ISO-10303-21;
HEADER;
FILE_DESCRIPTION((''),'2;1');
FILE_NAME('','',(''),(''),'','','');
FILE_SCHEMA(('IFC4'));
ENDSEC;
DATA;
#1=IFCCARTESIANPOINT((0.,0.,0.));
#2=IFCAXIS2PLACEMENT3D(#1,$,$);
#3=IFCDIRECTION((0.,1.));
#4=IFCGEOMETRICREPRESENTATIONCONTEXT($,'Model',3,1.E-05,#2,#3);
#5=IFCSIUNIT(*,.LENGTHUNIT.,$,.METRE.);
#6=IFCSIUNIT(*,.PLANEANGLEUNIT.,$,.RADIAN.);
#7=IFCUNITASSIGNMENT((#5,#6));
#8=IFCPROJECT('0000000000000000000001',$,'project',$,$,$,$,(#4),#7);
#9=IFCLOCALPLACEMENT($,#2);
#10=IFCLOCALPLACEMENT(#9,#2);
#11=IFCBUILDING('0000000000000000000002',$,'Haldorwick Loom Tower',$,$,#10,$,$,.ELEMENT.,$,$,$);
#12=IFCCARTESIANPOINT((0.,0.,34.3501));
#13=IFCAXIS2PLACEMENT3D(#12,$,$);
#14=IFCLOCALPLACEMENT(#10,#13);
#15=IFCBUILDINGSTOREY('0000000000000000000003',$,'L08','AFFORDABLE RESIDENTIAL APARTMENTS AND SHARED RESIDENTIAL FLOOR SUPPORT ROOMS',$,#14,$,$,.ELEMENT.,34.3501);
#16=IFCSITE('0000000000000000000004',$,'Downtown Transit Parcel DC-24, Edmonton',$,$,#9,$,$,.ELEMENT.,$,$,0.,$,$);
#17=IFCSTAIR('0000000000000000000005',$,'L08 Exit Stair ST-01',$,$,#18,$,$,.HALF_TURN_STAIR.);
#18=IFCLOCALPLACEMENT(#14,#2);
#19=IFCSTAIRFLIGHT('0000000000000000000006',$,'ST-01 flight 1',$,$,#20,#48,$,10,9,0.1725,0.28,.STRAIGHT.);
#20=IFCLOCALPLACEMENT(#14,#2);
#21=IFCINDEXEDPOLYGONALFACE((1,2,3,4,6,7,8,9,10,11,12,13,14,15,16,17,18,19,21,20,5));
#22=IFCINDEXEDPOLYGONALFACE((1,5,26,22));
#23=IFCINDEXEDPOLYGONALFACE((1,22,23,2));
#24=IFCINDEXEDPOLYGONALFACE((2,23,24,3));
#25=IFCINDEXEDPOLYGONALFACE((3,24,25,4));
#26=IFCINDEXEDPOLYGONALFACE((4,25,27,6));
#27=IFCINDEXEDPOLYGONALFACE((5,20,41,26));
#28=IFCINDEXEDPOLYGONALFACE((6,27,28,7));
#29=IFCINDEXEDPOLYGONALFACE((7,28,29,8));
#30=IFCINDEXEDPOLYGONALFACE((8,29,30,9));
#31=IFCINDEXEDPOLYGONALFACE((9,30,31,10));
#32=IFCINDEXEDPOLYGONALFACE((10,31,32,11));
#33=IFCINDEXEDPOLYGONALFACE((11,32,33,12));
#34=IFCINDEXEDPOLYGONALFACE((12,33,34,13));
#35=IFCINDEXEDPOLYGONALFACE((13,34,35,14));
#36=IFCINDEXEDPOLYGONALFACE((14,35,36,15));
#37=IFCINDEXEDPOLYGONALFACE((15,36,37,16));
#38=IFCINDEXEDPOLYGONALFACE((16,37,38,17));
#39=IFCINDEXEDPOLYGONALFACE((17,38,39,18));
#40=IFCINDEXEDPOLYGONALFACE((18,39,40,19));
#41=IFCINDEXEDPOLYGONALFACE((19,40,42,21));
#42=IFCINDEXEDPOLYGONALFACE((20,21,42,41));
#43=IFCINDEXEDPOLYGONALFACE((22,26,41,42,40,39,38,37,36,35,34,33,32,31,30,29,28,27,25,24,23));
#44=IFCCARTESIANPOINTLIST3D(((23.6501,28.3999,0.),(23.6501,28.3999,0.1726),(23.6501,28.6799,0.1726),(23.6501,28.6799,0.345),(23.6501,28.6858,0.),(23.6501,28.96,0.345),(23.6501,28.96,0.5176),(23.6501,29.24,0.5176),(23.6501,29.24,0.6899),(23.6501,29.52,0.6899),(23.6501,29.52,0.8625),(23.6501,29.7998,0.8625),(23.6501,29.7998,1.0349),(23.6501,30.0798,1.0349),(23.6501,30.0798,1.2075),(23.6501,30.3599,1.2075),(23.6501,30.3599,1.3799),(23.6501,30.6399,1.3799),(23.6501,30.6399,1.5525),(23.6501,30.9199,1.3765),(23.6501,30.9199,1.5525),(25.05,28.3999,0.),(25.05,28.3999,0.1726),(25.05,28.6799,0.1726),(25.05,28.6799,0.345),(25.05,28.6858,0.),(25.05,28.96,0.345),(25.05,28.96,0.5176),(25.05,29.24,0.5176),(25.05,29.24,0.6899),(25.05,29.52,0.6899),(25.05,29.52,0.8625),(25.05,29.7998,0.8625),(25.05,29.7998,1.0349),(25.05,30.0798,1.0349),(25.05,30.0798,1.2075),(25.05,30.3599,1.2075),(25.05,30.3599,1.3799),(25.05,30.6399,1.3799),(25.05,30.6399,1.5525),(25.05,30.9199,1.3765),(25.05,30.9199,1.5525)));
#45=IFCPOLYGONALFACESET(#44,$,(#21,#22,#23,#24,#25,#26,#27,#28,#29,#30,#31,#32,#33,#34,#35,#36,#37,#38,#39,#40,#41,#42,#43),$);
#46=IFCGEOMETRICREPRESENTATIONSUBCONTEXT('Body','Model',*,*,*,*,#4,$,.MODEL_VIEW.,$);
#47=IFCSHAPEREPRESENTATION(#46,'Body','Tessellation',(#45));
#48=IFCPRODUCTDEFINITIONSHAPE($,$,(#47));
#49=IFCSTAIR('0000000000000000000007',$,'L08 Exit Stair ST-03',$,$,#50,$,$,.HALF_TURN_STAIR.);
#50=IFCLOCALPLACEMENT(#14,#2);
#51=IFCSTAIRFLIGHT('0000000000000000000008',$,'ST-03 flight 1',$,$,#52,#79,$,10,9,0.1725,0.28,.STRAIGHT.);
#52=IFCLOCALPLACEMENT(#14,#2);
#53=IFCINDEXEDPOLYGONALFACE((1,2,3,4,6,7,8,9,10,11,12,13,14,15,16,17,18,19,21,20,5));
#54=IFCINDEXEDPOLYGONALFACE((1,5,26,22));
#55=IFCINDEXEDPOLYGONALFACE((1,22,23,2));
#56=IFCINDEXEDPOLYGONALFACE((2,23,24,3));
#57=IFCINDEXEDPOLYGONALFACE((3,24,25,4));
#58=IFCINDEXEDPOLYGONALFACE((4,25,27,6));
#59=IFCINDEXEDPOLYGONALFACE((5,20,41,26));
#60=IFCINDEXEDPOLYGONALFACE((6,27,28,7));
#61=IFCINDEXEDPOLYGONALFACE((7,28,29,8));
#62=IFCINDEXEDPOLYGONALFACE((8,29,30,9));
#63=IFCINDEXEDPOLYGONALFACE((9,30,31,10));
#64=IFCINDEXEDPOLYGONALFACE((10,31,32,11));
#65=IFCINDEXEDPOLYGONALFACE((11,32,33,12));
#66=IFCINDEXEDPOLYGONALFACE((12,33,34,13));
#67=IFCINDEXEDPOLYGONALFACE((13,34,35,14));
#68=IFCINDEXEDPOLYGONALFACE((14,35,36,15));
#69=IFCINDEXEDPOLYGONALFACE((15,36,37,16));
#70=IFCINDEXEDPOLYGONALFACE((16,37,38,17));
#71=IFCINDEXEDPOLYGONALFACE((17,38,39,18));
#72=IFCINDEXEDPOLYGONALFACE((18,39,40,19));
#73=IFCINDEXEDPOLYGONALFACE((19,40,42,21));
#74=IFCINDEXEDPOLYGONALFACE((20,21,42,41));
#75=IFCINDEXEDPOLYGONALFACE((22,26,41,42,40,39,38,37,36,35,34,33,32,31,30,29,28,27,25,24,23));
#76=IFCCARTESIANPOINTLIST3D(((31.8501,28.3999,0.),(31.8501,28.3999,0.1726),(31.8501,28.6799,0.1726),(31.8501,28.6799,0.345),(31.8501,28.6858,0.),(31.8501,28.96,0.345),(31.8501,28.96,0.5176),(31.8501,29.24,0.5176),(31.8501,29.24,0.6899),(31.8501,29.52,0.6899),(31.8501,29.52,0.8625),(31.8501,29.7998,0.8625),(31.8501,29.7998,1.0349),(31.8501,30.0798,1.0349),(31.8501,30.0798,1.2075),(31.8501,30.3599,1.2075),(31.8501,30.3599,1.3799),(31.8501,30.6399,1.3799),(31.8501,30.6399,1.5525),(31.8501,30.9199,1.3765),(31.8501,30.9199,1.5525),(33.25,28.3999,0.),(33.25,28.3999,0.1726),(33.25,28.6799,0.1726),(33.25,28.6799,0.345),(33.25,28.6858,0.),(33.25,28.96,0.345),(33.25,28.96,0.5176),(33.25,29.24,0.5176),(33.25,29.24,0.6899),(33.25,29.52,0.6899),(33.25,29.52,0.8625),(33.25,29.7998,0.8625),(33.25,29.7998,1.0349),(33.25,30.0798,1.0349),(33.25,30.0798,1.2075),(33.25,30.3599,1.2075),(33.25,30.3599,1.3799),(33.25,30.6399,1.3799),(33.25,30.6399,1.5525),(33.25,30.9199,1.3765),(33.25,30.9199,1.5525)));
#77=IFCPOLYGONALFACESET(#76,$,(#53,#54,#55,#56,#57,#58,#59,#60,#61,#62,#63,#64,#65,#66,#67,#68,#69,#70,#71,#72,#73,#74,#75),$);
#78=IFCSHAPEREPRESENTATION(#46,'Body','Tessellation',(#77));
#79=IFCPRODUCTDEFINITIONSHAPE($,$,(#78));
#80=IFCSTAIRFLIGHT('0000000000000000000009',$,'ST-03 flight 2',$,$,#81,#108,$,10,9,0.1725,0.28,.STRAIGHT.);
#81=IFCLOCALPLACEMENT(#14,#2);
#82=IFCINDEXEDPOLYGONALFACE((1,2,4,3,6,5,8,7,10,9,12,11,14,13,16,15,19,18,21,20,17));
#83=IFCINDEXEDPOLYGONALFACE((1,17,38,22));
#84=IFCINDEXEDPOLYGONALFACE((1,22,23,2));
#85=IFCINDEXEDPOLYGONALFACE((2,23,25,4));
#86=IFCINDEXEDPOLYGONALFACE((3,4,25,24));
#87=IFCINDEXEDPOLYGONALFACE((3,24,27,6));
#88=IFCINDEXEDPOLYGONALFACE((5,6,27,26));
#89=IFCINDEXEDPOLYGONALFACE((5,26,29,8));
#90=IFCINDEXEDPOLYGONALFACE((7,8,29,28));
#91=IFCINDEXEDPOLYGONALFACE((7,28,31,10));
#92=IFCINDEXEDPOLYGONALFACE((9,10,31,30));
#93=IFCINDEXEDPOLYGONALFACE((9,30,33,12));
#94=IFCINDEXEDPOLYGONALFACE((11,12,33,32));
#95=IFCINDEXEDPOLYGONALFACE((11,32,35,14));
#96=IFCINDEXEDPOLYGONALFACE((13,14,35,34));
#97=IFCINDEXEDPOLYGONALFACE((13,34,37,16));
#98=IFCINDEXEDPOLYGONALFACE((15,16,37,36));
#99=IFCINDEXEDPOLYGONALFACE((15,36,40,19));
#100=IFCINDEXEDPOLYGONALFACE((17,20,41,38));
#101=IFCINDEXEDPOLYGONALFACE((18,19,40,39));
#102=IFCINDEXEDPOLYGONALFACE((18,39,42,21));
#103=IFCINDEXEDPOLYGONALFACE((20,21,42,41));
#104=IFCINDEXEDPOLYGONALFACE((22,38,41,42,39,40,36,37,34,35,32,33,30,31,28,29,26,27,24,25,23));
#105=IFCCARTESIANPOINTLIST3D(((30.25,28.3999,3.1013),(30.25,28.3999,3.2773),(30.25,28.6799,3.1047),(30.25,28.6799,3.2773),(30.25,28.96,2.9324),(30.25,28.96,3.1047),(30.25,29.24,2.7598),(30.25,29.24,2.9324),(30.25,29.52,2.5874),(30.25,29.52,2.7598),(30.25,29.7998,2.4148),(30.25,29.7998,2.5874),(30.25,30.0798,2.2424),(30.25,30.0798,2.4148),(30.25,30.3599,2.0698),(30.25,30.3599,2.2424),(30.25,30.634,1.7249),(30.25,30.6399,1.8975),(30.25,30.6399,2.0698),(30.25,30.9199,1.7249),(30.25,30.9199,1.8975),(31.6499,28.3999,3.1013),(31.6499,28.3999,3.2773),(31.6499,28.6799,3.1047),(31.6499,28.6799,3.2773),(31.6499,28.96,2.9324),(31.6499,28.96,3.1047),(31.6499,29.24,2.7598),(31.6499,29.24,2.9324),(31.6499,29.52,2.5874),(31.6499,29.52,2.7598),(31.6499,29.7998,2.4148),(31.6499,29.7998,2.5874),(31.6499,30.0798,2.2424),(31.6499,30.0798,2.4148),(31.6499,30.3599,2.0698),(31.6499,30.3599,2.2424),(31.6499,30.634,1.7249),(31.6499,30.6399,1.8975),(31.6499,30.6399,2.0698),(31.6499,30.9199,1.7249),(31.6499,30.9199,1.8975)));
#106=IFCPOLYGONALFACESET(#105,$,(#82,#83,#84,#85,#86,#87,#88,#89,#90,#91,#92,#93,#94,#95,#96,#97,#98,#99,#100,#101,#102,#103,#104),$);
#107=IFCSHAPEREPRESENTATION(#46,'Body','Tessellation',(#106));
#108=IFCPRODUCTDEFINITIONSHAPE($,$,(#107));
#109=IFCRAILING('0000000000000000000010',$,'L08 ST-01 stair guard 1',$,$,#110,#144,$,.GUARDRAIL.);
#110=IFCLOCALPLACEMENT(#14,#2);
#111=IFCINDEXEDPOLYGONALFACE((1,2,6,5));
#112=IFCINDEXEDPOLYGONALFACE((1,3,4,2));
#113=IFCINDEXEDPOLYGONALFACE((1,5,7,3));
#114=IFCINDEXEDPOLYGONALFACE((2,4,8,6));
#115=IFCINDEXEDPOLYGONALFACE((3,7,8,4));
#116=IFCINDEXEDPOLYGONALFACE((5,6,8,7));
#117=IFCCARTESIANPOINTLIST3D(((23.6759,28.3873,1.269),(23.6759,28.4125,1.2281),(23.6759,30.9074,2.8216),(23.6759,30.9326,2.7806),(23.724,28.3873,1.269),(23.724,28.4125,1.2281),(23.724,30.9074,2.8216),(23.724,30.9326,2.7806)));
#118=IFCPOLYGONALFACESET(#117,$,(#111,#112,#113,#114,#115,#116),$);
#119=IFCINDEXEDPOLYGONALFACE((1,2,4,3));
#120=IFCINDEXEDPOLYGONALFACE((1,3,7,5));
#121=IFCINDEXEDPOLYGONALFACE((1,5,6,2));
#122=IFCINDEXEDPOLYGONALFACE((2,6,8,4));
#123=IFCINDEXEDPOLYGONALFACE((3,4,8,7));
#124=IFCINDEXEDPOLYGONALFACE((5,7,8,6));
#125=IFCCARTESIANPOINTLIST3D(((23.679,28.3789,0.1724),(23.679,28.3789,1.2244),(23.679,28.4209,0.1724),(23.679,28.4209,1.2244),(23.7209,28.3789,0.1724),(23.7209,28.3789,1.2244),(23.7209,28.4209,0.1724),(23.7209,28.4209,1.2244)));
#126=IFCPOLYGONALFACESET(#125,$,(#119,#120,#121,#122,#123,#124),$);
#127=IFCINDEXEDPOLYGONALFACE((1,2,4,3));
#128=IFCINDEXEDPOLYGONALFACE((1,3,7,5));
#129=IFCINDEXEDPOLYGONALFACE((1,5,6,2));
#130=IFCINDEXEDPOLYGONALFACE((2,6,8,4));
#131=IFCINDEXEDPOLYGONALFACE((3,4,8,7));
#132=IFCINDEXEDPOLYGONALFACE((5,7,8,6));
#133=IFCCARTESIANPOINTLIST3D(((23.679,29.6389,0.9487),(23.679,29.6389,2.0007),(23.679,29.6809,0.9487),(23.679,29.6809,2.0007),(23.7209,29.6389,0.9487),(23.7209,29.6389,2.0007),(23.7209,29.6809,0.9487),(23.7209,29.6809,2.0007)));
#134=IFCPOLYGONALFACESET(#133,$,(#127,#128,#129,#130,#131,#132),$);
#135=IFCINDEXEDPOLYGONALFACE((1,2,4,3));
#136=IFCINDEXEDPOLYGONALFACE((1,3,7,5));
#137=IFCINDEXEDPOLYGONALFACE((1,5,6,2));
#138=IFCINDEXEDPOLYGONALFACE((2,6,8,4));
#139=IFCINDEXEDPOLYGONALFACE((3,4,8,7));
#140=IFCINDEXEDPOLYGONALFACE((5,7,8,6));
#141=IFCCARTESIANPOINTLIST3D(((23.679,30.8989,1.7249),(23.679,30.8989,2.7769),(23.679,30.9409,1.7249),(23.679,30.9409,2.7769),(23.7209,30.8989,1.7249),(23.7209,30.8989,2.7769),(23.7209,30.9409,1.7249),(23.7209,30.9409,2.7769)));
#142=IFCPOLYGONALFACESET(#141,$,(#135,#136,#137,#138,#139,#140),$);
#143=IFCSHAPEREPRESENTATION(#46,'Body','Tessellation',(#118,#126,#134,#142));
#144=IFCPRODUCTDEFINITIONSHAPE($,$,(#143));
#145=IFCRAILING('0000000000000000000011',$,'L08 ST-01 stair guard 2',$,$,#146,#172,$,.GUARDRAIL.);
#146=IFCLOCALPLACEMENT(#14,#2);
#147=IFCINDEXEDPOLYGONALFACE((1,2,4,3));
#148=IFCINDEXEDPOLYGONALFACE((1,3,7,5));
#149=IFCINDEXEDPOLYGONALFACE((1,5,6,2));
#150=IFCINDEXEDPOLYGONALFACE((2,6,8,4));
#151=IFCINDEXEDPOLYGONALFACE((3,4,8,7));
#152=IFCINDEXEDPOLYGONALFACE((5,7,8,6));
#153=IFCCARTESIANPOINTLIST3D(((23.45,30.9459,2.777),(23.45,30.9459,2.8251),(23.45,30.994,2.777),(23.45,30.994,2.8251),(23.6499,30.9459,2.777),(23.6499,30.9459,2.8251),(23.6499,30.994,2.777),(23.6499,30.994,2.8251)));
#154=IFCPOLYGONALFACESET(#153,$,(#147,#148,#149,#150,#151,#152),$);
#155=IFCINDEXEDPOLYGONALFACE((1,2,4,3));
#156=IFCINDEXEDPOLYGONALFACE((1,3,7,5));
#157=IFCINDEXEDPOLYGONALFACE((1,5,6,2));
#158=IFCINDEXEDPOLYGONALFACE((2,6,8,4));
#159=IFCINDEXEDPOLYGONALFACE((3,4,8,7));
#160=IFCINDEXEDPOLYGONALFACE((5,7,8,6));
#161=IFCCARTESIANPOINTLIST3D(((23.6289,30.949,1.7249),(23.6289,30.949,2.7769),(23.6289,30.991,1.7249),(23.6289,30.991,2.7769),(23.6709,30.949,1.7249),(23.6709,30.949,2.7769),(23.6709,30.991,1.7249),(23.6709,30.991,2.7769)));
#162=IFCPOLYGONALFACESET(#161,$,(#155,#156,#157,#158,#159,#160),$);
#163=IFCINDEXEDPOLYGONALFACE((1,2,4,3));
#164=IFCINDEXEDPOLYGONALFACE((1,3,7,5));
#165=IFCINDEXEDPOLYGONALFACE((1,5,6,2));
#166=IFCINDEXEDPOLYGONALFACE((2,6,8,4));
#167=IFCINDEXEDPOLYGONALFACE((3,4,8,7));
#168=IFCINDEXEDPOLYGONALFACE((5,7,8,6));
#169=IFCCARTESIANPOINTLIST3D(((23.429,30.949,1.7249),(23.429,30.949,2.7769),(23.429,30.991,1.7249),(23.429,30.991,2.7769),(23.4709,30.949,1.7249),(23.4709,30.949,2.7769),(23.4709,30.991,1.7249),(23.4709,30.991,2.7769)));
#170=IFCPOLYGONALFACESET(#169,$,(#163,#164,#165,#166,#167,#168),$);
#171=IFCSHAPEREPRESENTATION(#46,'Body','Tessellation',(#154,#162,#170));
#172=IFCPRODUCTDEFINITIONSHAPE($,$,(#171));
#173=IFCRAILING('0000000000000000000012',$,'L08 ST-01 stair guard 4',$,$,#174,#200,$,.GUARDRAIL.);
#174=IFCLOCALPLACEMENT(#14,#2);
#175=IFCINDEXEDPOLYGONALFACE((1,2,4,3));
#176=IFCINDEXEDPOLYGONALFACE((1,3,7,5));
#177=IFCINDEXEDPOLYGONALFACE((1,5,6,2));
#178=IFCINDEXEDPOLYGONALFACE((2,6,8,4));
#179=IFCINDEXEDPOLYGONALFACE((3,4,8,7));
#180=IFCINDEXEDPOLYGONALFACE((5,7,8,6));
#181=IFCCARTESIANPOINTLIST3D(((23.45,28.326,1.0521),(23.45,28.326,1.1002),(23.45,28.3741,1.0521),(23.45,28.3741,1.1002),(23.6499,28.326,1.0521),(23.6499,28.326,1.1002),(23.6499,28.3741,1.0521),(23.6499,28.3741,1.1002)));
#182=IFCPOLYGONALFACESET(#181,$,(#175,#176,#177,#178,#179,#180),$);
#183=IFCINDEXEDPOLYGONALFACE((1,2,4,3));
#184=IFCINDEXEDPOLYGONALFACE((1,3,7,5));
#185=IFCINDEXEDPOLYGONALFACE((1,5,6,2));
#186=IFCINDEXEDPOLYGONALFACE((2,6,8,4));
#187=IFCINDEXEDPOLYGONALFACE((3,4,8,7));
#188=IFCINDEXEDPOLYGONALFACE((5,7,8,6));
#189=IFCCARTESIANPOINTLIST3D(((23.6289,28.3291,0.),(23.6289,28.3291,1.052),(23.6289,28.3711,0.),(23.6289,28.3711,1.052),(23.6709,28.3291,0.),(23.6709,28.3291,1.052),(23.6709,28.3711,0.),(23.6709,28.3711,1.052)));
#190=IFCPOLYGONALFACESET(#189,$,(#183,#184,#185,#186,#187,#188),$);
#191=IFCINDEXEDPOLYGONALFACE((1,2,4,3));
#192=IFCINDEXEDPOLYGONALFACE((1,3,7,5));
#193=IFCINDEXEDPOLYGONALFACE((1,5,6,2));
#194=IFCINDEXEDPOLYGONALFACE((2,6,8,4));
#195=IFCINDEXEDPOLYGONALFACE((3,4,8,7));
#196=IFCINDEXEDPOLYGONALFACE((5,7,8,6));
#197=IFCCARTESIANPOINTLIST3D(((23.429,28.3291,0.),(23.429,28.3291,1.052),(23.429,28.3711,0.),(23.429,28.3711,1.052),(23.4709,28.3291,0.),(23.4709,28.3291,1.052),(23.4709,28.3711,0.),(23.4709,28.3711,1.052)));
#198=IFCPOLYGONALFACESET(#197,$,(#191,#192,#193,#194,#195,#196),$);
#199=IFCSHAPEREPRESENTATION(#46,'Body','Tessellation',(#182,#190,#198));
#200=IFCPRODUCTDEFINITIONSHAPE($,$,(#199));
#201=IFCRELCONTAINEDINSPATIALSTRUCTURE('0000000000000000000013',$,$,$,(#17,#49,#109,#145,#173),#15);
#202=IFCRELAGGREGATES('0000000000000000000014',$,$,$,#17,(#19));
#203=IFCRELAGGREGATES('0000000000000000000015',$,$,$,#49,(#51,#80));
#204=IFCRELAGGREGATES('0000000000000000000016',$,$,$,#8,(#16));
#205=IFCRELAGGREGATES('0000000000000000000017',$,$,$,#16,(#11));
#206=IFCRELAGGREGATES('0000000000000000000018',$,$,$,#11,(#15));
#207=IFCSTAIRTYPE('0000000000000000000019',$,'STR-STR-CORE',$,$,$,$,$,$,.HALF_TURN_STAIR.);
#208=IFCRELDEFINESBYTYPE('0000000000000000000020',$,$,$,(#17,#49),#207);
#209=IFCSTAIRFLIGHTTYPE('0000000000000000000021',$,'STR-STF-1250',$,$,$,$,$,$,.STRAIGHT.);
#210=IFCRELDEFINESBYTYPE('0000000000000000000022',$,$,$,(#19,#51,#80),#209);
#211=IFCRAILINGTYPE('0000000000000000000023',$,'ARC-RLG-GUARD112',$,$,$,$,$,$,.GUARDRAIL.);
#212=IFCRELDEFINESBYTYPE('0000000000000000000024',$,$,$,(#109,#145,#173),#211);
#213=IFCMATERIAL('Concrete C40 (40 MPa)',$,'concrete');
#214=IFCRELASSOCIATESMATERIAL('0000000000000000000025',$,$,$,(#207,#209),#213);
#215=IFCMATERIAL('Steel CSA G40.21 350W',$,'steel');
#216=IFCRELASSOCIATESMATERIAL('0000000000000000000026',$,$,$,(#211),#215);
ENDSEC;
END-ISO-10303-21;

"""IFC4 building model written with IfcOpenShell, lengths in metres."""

from ifc_helpers import new_model, si_unit, direction, frame, origin, origin_2d, place, context, subcontext, project, spatial, polyline, rectangle, outline, extrude, material, type_object, element, aggregate, save


model = new_model("IFC4")

# Units and contexts
model_context = context("Model", 3, precision=1e-05, world=origin(), true_north=direction((0.0, 1.0)))
body_context = subcontext(model_context, "Body", "Model", "MODEL_VIEW")
ifc_project = project(units=[si_unit("LENGTHUNIT", "METRE"), si_unit("PLANEANGLEUNIT", "RADIAN")], contexts=[model_context])

# Site, building, storey
site_placement = place(None, origin())
site = spatial("IfcSite", under=ifc_project, at=site_placement, Name="Downtown Transit Parcel DC-24, Edmonton", CompositionType="ELEMENT", RefElevation=0.0)
building_placement = place(site_placement, origin())
building = spatial("IfcBuilding", under=site, at=building_placement, Name="Haldorwick Loom Tower", CompositionType="ELEMENT")
storey_placement = place(building_placement, frame((0.0, 0.0, 34.3501)))
storey = spatial("IfcBuildingStorey", under=building, at=storey_placement, Name="L08", Description="AFFORDABLE RESIDENTIAL APARTMENTS AND SHARED RESIDENTIAL FLOOR SUPPORT ROOMS", CompositionType="ELEMENT", Elevation=34.3501)

# Shared definitions
ifc_material_1 = material(Name="Steel CSA G40.21 350W", Category="steel")

# Stair, stair flight
ifc_material_2 = material(Name="Concrete C40 (40 MPa)", Category="concrete")
stair_type = type_object("IfcStairType", Name="STR-STR-CORE", PredefinedType="HALF_TURN_STAIR", material=ifc_material_2)
stair_1_placement = place(storey_placement, origin())
stair_1 = element("IfcStair", 1, at=stair_1_placement, inside=storey, type_object=stair_type, Name="L08 Exit Stair ST-01", PredefinedType="HALF_TURN_STAIR")
stair_flight_type = type_object("IfcStairFlightType", Name="STR-STF-1250", PredefinedType="STRAIGHT", material=ifc_material_2)
stair_flight_1_placement = place(storey_placement, frame((24.3501, 28.3999, 0.0), z_axis=(0.0, 0.0, 1.0), x_axis=(0.0, 1.0, 0.0)))
stair_flight_1 = element("IfcStairFlight", 2, at=stair_flight_1_placement, type_object=stair_flight_type, Name="ST-01 flight 1", NumberOfRisers=10, NumberOfTreads=9, PredefinedType="STRAIGHT", RiserHeight=0.1725, TreadLength=0.28, context=body_context, shape_type="SweptSolid", body=[
    extrude(outline(polyline([(0.0, 0.0), (0.0, 0.1726), (0.28, 0.1726), (0.28, 0.345), (0.5601, 0.345), (0.5601, 0.5176), (0.8401, 0.5176), (0.8401, 0.6899), (1.1201, 0.6899), (1.1201, 0.8625), (1.3999, 0.8625), (1.3999, 1.0349), (1.6799, 1.0349), (1.6799, 1.2075), (1.96, 1.2075), (1.96, 1.3799), (2.24, 1.3799), (2.24, 1.5525), (2.52, 1.5525), (2.52, 1.7251), (2.52, 1.3765), (0.2859, 0.0), (0.0, 0.0)])), frame((0.0, 0.7, 0.0), z_axis=(0.0, -1.0, 0.0), x_axis=(1.0, 0.0, 0.0)), (0.0, 0.0, 1.0), 1.3999),
])
aggregate(stair_1, [stair_flight_1])

# Stair, stair flights
stair_2_placement = place(storey_placement, origin())
stair_2 = element("IfcStair", 3, at=stair_2_placement, inside=storey, type_object=stair_type, Name="L08 Exit Stair ST-03", PredefinedType="HALF_TURN_STAIR")
stair_flight_2_placement = place(storey_placement, frame((32.55, 28.3999, 0.0), z_axis=(0.0, 0.0, 1.0), x_axis=(0.0, 1.0, 0.0)))
stair_flight_2 = element("IfcStairFlight", 4, at=stair_flight_2_placement, type_object=stair_flight_type, Name="ST-03 flight 1", NumberOfRisers=10, NumberOfTreads=9, PredefinedType="STRAIGHT", RiserHeight=0.1725, TreadLength=0.28, context=body_context, shape_type="SweptSolid", body=[
    extrude(outline(polyline([(0.0, 0.0), (0.0, 0.1726), (0.28, 0.1726), (0.28, 0.345), (0.5601, 0.345), (0.5601, 0.5176), (0.8401, 0.5176), (0.8401, 0.6899), (1.1201, 0.6899), (1.1201, 0.8625), (1.3999, 0.8625), (1.3999, 1.0349), (1.6799, 1.0349), (1.6799, 1.2075), (1.96, 1.2075), (1.96, 1.3799), (2.24, 1.3799), (2.24, 1.5525), (2.52, 1.5525), (2.52, 1.7251), (2.52, 1.3765), (0.2859, 0.0), (0.0, 0.0)])), frame((0.0, 0.7, 0.0), z_axis=(0.0, -1.0, 0.0), x_axis=(1.0, 0.0, 0.0)), (0.0, 0.0, 1.0), 1.3999),
])
stair_flight_3_placement = place(storey_placement, frame((30.95, 30.9199, 1.7249), z_axis=(0.0, 0.0, 1.0), x_axis=(0.0, -1.0, 0.0)))
stair_flight_3 = element("IfcStairFlight", 5, at=stair_flight_3_placement, type_object=stair_flight_type, Name="ST-03 flight 2", NumberOfRisers=10, NumberOfTreads=9, PredefinedType="STRAIGHT", RiserHeight=0.1725, TreadLength=0.28, context=body_context, shape_type="SweptSolid", body=[
    extrude(outline(polyline([(0.0, 0.0), (0.0, 0.1726), (0.28, 0.1726), (0.28, 0.345), (0.5601, 0.345), (0.5601, 0.5176), (0.8401, 0.5176), (0.8401, 0.6899), (1.1201, 0.6899), (1.1201, 0.8625), (1.3999, 0.8625), (1.3999, 1.0349), (1.6799, 1.0349), (1.6799, 1.2075), (1.96, 1.2075), (1.96, 1.3799), (2.24, 1.3799), (2.24, 1.5525), (2.52, 1.5525), (2.52, 1.7251), (2.52, 1.3765), (0.2859, 0.0), (0.0, 0.0)])), frame((0.0, 0.7, 0.0), z_axis=(0.0, -1.0, 0.0), x_axis=(1.0, 0.0, 0.0)), (0.0, 0.0, 1.0), 1.3999),
])
aggregate(stair_2, [stair_flight_2, stair_flight_3])

# Railings
railing_type_1 = type_object("IfcRailingType", Name="ARC-RLG-GUARD112", PredefinedType="GUARDRAIL", material=ifc_material_1)
railing_1_placement = place(storey_placement, frame((23.7, 28.3999, 0.1724)))
element("IfcRailing", 6, at=railing_1_placement, inside=storey, type_object=railing_type_1, Name="L08 ST-01 stair guard 1", PredefinedType="GUARDRAIL", context=body_context, shape_type="SweptSolid", body=[
    extrude(rectangle(XDim=0.0481, YDim=0.0481, at=origin_2d()), frame((0.0, 0.0, 1.0762), z_axis=(0.0, 0.8514, 0.524516), x_axis=(-1.0, 0.0, 0.0)), (0.0, 0.0, 1.0), 2.96),
    extrude(rectangle(XDim=0.042, YDim=0.042, at=origin_2d()), origin(), (0.0, 0.0, 1.0), 1.052),
    extrude(rectangle(XDim=0.042, YDim=0.042, at=origin_2d()), frame((0.0, 1.26, 0.7764)), (0.0, 0.0, 1.0), 1.052),
    extrude(rectangle(XDim=0.042, YDim=0.042, at=origin_2d()), frame((0.0, 2.52, 1.5525)), (0.0, 0.0, 1.0), 1.052),
])
for number, where, name in (
    (7, (23.6499, 30.97, 1.7249), "L08 ST-01 stair guard 2"),
    (8, (23.6499, 28.3501, 0.0), "L08 ST-01 stair guard 4"),
):
    element("IfcRailing", number, at=place(storey_placement, frame(where)), inside=storey, type_object=railing_type_1, Name=name, PredefinedType="GUARDRAIL", context=body_context, shape_type="SweptSolid", body=[
        extrude(rectangle(XDim=0.0481, YDim=0.0481, at=origin_2d()), frame((0.0, 0.0, 1.0762), z_axis=(-1.0, 0.0, 0.0), x_axis=(0.0, -1.0, 0.0)), (0.0, 0.0, 1.0), 0.2),
        extrude(rectangle(XDim=0.042, YDim=0.042, at=origin_2d()), origin(), (0.0, 0.0, 1.0), 1.052),
        extrude(rectangle(XDim=0.042, YDim=0.042, at=origin_2d()), frame((-0.2, 0.0, 0.0)), (0.0, 0.0, 1.0), 1.052),
    ])

save(model, "model.ifc")
